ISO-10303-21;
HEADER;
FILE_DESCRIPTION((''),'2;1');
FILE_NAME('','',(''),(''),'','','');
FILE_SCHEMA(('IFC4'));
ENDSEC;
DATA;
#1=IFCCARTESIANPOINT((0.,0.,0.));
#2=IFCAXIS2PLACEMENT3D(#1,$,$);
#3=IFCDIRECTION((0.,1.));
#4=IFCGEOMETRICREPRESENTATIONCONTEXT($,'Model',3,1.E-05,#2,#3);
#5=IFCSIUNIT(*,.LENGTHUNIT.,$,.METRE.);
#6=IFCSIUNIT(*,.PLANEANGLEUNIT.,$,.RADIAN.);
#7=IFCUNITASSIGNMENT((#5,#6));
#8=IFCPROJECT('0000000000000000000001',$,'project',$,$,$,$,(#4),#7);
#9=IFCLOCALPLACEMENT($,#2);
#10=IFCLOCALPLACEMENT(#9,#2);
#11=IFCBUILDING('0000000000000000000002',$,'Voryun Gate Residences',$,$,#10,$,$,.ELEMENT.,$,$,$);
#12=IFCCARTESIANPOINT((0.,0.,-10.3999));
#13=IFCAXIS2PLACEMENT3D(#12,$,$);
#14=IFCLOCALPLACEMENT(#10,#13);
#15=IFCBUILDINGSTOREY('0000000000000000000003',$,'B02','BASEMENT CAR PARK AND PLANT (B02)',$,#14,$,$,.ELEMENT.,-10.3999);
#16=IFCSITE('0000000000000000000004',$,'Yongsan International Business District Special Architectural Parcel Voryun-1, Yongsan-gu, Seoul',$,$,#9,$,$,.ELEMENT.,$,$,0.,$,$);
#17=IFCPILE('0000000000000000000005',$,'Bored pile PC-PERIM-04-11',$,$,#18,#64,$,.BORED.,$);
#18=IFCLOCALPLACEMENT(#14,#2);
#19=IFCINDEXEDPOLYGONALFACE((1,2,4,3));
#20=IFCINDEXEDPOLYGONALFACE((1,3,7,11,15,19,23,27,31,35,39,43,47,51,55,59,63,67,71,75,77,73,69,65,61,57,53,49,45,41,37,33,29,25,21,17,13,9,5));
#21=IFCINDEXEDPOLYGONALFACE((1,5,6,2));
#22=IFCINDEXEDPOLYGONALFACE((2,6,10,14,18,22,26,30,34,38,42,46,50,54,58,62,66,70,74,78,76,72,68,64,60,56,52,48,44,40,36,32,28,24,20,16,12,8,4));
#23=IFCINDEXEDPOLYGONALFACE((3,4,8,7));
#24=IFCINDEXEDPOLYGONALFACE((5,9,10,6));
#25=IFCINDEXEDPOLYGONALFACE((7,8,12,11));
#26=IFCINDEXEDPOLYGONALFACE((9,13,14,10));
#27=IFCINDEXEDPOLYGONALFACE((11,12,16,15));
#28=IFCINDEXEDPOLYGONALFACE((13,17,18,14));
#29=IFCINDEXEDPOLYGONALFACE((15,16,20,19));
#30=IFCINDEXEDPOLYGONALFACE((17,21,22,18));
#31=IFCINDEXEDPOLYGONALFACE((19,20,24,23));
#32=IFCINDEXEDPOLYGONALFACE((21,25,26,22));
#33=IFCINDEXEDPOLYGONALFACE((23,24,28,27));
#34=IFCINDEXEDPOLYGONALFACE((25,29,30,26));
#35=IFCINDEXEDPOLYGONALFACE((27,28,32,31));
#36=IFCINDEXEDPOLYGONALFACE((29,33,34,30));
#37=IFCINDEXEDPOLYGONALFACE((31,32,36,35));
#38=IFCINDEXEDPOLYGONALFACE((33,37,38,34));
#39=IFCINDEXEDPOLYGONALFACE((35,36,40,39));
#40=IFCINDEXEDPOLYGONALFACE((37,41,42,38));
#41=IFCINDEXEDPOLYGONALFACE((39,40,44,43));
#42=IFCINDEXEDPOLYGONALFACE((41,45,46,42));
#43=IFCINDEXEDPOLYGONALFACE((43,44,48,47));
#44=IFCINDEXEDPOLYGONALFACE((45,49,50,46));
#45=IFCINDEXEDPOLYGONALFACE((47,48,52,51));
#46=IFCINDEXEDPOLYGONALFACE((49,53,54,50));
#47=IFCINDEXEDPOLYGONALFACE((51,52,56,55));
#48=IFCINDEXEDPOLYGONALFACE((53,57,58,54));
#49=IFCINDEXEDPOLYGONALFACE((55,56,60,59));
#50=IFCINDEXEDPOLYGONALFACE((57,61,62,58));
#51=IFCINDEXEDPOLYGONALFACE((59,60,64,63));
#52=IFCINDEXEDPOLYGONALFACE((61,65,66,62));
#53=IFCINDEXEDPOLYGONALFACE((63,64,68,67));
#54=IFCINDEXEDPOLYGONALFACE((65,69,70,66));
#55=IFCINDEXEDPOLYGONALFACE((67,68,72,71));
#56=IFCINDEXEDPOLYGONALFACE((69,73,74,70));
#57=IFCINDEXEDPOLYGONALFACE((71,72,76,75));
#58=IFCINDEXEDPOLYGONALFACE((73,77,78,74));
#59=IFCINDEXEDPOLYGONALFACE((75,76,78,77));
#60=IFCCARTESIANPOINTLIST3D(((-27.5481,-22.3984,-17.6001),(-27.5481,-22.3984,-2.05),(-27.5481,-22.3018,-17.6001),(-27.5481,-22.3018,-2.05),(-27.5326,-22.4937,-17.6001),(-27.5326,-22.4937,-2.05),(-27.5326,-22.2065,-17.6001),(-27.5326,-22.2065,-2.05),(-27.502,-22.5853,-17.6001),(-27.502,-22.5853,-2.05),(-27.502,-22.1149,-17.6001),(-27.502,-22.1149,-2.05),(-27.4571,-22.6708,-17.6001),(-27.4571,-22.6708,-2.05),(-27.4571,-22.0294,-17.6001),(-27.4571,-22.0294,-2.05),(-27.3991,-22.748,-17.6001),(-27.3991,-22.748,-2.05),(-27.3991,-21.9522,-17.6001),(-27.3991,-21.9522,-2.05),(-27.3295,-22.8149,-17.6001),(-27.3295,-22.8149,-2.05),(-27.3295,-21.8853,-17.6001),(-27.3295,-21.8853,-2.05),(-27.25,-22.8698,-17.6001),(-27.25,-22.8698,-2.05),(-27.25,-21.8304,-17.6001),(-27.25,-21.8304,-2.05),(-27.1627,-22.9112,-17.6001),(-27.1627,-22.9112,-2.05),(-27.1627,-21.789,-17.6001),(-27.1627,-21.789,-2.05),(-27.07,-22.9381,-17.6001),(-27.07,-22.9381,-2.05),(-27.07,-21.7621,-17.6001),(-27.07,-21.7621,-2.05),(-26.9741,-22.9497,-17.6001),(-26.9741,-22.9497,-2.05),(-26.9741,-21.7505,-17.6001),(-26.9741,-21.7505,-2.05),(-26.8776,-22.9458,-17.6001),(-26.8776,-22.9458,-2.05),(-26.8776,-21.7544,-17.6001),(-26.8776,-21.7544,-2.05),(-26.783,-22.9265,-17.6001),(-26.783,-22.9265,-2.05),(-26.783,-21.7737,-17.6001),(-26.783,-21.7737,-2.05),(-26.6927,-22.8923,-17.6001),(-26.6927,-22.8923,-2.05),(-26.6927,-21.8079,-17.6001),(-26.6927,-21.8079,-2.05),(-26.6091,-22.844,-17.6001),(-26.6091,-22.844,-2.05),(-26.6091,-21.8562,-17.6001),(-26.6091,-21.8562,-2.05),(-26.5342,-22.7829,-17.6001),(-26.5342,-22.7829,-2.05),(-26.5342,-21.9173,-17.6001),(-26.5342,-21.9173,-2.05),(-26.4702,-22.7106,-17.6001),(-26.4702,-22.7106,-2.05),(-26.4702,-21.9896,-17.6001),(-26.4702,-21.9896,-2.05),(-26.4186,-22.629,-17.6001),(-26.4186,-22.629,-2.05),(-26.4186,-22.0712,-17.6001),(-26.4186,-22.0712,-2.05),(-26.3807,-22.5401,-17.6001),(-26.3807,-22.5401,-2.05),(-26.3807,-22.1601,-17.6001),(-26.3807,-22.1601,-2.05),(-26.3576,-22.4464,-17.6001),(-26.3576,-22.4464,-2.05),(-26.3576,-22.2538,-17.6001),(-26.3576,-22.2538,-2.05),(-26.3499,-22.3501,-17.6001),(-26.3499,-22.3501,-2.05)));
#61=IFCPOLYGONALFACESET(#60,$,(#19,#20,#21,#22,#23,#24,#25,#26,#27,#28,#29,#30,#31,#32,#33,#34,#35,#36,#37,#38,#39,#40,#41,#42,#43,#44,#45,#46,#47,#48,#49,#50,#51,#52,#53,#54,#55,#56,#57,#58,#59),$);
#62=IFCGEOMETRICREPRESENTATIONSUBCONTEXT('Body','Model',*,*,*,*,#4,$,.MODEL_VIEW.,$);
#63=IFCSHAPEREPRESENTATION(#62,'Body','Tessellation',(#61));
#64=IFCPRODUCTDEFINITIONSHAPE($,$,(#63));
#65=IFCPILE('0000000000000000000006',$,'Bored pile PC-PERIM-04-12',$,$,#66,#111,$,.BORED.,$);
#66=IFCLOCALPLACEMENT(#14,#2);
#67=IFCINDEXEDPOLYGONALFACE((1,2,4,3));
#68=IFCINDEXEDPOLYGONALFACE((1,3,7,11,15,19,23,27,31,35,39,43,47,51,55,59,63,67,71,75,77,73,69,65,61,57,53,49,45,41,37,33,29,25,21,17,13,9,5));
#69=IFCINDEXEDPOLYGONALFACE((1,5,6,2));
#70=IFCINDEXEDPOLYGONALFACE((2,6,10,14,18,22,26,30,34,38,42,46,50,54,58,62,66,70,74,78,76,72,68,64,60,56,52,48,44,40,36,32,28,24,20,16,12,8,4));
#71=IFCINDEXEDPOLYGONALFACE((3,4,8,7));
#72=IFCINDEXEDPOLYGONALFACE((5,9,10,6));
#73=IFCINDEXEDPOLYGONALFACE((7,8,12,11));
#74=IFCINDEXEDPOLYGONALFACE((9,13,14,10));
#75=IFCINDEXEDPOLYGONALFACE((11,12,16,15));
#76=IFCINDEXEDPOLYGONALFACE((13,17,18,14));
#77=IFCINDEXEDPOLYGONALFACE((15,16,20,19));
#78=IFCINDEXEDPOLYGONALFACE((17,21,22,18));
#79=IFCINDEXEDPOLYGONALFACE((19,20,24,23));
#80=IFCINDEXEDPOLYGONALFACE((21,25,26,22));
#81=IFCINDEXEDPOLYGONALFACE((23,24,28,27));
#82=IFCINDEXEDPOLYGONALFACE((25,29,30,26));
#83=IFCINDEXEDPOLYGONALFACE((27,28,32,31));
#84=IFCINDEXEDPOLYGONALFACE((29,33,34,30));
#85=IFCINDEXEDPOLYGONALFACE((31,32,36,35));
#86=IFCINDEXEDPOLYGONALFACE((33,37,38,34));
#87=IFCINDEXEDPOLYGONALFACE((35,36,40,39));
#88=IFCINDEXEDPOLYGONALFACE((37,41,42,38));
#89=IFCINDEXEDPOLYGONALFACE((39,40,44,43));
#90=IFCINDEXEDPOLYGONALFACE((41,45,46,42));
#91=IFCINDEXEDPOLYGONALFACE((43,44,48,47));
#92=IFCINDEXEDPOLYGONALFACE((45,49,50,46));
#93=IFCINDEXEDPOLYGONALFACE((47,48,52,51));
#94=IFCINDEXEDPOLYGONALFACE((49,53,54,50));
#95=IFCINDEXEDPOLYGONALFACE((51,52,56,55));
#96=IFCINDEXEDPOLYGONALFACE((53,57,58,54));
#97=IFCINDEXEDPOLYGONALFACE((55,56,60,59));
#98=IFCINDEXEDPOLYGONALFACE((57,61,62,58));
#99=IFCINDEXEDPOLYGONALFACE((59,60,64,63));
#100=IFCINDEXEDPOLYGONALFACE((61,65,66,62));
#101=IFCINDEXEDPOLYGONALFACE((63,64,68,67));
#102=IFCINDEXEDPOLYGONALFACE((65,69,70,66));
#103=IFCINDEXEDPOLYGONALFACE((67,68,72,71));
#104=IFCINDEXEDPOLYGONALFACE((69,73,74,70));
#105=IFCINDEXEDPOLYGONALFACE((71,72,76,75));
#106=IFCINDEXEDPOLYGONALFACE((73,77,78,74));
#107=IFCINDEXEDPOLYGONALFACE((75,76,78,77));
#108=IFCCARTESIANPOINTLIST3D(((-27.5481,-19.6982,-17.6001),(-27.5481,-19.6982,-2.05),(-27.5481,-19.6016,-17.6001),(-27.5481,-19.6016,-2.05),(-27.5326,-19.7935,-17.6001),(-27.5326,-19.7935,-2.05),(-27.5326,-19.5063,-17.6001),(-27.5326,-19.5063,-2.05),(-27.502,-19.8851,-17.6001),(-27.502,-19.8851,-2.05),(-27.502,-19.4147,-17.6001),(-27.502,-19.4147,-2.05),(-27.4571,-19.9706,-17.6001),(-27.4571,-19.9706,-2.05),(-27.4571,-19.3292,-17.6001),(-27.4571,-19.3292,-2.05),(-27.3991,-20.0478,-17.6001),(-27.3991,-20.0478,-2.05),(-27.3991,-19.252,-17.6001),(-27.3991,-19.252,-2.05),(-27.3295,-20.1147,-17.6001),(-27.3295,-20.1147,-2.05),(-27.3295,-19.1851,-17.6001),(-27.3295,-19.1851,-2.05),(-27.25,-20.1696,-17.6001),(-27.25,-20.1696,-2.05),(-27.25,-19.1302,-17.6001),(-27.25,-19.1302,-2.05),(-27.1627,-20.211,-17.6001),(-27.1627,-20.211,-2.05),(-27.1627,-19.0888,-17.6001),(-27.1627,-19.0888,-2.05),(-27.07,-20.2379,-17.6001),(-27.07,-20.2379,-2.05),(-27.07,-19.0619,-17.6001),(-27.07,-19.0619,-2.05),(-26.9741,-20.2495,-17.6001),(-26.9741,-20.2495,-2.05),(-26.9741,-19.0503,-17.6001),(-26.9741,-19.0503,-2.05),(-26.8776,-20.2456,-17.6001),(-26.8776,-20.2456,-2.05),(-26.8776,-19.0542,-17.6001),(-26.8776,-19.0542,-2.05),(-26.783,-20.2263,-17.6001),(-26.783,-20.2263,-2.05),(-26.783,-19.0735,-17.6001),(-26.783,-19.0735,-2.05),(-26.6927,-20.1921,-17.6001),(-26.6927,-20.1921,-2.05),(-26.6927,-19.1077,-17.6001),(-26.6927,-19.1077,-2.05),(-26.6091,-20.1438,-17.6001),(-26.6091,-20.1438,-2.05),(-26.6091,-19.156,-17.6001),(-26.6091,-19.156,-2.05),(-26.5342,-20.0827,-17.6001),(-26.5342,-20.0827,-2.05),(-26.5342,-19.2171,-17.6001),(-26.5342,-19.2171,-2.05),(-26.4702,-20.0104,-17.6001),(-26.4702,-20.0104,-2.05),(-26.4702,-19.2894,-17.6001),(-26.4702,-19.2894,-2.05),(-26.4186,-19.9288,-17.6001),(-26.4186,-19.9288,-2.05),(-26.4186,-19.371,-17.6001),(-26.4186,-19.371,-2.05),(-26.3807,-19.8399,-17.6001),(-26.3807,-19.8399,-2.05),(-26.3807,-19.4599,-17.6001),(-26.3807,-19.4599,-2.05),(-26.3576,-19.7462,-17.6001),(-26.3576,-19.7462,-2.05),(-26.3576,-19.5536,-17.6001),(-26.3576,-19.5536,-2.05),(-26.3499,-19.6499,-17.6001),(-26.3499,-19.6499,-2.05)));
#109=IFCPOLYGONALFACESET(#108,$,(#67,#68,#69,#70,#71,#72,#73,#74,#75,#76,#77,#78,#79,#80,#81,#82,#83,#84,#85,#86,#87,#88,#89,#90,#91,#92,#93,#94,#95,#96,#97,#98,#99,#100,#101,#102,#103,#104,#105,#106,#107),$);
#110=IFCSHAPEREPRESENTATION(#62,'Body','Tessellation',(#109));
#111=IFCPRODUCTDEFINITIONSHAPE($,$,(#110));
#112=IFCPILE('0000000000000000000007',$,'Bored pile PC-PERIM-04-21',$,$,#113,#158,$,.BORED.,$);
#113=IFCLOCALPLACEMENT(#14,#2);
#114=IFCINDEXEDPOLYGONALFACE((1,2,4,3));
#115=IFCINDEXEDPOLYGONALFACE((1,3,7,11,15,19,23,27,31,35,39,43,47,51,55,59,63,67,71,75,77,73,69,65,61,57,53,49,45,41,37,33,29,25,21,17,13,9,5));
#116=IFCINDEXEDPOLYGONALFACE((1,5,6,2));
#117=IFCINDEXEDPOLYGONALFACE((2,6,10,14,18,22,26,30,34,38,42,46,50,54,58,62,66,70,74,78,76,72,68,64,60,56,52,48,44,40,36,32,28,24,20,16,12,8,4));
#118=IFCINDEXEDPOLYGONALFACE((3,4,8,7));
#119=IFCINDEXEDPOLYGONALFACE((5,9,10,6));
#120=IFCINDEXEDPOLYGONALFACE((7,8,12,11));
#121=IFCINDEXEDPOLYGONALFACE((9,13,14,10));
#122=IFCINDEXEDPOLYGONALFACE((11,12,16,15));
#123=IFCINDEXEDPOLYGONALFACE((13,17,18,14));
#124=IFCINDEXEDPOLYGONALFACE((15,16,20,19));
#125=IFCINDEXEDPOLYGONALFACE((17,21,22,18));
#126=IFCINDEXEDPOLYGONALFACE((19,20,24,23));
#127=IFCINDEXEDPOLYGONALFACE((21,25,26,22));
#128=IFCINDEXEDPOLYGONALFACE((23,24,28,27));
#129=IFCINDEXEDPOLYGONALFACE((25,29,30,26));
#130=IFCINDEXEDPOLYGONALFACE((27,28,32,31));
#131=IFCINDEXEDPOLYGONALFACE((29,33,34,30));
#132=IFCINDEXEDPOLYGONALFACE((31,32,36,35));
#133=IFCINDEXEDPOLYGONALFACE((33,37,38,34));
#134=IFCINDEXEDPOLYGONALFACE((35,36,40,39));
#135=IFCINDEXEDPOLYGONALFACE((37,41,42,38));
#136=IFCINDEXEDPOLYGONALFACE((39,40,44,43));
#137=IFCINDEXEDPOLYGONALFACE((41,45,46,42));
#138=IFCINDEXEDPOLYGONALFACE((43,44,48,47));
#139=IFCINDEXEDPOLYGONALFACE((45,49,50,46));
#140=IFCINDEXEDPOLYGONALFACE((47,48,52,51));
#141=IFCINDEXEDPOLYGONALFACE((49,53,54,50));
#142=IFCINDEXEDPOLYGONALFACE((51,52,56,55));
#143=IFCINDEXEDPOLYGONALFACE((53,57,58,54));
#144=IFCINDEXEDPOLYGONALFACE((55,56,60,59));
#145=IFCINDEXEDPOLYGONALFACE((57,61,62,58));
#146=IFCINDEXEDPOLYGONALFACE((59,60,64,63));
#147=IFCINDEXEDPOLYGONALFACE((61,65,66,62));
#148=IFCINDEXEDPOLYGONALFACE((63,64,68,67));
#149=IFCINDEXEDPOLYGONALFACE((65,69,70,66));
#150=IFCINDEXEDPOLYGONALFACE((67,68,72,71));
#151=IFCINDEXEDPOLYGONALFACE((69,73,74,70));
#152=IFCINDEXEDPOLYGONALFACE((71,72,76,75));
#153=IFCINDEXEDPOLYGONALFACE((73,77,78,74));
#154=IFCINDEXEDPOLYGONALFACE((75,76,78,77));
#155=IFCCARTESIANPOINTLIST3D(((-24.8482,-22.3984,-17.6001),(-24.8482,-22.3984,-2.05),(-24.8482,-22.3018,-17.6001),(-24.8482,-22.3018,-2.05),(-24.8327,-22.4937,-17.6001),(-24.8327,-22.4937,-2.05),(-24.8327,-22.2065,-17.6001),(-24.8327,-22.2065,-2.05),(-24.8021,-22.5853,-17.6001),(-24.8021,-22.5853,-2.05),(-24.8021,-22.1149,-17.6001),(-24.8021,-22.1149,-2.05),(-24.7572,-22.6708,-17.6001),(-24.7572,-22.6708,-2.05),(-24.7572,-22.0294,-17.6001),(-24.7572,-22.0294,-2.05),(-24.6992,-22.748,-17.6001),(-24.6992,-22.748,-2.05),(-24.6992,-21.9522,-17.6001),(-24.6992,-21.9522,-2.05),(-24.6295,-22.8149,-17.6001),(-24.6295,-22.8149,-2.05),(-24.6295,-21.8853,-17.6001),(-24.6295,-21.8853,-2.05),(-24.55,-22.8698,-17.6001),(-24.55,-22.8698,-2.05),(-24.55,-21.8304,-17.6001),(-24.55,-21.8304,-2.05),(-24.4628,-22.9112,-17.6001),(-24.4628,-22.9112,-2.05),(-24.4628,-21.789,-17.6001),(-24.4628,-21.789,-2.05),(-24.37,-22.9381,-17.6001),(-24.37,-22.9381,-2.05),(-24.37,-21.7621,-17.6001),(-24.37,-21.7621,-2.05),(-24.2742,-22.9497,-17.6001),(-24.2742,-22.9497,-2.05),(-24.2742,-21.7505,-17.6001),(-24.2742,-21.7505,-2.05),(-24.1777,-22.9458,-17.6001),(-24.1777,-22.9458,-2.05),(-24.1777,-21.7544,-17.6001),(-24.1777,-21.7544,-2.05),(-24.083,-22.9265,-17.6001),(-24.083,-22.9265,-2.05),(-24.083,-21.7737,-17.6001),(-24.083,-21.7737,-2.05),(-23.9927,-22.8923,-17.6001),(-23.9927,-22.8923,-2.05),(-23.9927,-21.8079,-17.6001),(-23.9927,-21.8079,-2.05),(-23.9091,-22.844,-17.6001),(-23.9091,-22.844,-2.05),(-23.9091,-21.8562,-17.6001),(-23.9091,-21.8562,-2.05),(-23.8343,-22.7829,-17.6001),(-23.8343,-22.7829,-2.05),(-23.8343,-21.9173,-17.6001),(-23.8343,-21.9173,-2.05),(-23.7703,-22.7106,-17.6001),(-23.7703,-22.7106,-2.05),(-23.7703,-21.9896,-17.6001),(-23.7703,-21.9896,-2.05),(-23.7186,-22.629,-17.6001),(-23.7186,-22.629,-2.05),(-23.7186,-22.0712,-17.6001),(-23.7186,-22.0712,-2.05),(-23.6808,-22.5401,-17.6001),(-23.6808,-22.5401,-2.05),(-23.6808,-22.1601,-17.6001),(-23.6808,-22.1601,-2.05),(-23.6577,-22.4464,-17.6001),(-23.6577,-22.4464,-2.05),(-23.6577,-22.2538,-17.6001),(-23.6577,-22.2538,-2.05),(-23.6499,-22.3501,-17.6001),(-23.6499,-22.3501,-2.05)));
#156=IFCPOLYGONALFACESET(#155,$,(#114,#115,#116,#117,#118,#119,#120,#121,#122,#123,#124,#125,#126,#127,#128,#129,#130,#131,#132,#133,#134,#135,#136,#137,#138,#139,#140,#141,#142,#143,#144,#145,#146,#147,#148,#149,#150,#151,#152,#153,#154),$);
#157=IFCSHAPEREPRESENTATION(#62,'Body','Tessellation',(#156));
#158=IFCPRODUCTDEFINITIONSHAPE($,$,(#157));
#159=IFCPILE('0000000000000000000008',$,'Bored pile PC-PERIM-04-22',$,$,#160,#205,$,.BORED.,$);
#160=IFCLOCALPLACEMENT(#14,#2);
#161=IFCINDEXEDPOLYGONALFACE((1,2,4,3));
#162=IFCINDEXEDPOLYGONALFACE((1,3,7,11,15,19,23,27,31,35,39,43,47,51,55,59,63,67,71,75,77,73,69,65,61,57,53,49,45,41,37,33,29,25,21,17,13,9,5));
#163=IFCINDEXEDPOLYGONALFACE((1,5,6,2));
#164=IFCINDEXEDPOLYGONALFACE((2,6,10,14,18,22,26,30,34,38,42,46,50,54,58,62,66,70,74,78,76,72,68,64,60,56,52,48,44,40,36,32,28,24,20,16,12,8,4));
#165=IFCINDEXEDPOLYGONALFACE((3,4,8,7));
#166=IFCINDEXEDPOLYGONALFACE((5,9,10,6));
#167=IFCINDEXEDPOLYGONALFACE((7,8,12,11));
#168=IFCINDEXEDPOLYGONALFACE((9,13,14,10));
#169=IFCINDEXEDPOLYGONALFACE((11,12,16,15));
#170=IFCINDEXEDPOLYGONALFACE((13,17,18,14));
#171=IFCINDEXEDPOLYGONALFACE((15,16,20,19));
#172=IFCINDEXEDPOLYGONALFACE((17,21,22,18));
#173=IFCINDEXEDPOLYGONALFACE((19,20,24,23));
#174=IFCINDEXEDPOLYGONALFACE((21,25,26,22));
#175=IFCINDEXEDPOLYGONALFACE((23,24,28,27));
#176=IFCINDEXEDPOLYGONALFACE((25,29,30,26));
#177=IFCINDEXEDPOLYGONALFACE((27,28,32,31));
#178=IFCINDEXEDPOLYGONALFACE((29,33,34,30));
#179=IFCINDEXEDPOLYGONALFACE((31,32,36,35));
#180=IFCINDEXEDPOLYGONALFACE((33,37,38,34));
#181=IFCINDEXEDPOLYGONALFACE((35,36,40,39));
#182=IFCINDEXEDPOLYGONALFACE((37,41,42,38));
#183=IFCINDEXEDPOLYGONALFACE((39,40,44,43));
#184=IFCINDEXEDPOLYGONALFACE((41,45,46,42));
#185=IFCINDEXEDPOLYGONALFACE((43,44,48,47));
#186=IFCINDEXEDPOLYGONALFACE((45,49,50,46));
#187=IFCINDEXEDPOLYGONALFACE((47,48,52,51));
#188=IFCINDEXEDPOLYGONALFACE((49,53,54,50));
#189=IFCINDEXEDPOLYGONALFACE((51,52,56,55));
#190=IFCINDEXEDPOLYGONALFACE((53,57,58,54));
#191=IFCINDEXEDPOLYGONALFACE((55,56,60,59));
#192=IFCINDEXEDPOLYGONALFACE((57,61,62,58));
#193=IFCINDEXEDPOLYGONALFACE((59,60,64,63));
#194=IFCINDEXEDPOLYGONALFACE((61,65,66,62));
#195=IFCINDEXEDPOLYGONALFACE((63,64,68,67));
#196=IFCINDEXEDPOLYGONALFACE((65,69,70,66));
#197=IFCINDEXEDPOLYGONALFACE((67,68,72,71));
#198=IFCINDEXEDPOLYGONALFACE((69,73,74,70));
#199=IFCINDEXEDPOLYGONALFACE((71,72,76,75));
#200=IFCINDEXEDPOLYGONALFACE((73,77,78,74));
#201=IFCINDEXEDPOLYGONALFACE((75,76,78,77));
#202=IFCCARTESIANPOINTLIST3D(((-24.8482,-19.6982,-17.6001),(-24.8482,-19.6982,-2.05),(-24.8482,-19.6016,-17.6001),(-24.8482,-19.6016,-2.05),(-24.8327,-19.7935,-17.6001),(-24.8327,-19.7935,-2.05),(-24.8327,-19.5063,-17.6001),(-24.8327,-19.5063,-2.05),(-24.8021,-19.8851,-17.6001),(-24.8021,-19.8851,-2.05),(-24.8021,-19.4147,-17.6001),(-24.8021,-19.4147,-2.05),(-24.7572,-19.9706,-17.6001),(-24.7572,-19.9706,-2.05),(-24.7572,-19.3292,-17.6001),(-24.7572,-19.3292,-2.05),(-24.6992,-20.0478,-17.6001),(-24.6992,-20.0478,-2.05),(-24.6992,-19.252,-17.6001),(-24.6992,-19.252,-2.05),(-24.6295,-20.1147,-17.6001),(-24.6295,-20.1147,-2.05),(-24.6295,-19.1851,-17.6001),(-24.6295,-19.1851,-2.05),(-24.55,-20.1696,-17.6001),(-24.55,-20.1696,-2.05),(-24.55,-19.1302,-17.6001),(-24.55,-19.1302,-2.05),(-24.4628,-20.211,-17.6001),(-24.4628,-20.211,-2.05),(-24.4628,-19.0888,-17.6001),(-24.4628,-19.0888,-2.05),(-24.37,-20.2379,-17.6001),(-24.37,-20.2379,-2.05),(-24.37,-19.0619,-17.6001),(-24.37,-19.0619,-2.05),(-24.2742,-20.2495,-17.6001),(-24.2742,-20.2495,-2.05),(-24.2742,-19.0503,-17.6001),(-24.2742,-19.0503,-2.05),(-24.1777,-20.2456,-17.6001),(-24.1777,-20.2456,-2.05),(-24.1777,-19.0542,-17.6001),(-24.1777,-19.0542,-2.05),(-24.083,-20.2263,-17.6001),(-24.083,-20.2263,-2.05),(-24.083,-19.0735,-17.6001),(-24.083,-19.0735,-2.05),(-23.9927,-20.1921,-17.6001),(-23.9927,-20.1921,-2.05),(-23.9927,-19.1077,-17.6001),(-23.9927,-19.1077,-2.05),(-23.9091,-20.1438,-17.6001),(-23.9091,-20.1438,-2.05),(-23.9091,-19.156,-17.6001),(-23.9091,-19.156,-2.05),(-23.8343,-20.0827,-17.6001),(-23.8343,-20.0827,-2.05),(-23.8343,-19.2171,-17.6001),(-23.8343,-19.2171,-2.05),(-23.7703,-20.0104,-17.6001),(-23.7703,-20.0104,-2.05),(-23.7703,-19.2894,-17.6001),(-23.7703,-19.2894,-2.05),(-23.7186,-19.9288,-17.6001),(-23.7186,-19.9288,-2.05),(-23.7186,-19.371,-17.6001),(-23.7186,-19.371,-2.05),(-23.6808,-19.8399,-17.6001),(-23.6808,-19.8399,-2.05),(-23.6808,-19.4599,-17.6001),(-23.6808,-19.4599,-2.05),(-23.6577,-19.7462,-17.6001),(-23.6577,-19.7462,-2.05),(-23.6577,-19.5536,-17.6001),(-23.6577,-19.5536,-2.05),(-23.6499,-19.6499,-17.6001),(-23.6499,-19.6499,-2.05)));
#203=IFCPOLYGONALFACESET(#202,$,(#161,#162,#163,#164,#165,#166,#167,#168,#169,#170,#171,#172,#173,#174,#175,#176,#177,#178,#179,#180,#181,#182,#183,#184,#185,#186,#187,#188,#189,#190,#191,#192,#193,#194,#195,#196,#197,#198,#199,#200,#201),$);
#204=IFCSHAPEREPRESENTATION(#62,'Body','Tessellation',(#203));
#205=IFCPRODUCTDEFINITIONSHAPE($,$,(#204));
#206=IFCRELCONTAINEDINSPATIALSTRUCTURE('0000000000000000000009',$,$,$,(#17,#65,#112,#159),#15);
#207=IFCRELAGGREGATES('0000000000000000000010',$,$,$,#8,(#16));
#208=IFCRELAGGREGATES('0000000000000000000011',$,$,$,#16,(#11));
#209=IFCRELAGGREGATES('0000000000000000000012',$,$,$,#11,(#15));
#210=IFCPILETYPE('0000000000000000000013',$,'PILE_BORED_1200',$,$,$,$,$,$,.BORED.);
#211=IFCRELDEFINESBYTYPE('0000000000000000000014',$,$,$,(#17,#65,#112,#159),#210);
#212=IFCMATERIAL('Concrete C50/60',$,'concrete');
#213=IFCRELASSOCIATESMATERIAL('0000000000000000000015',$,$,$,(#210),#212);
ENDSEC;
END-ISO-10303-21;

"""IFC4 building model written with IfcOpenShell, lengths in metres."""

from ifc_helpers import new_model, si_unit, direction, frame, origin, origin_2d, place, context, subcontext, project, spatial, circle, extrude, material, material_profile, profile_set, type_object, element, save


model = new_model("IFC4")

# Units and contexts
model_context = context("Model", 3, precision=1e-05, world=origin(), true_north=direction((0.0, 1.0)))
body_context = subcontext(model_context, "Body", "Model", "MODEL_VIEW")
ifc_project = project(units=[si_unit("LENGTHUNIT", "METRE"), si_unit("PLANEANGLEUNIT", "RADIAN")], contexts=[model_context])

# Site, building, storey
site_placement = place(None, origin())
site = spatial("IfcSite", under=ifc_project, at=site_placement, Name="Yongsan International Business District Special Architectural Parcel Voryun-1, Yongsan-gu, Seoul", CompositionType="ELEMENT", RefElevation=0.0)
building_placement = place(site_placement, origin())
building = spatial("IfcBuilding", under=site, at=building_placement, Name="Voryun Gate Residences", CompositionType="ELEMENT")
storey_placement = place(building_placement, frame((0.0, 0.0, -10.3999)))
storey = spatial("IfcBuildingStorey", under=building, at=storey_placement, Name="B02", Description="BASEMENT CAR PARK AND PLANT (B02)", CompositionType="ELEMENT", Elevation=-10.3999)

# Piles
ifc_material_1 = material(Name="Concrete C50/60", Category="concrete")
ifc_material_profile_1 = material_profile(ifc_material_1, circle(Radius=0.6001, at=origin_2d()), Name="PILE-D1200")
ifc_profile_set_1 = profile_set([ifc_material_profile_1], Name="Concrete C50/60")
pile_type = type_object("IfcPileType", Name="PILE_BORED_1200", PredefinedType="BORED", material=ifc_profile_set_1)
for number, where, z_axis, x_axis, name in (
    (1, (-26.95, -22.3501, -2.05), (0.0, 0.0, -1.0), (1.0, 0.0, 0.0), "Bored pile PC-PERIM-04-11"),
    (2, (-26.95, -19.6499, -2.05), (0.0, 0.0, -1.0), (1.0, 0.0, 0.0), "Bored pile PC-PERIM-04-12"),
    (3, (-24.25, -22.3501, -2.05), (0.0, 0.0, -1.0), (1.0, 0.0, 0.0), "Bored pile PC-PERIM-04-21"),
    (4, (-24.25, -19.6499, -2.05), (0.0, 0.0, -1.0), (1.0, 0.0, 0.0), "Bored pile PC-PERIM-04-22"),
):
    element("IfcPile", number, at=place(storey_placement, frame(where, z_axis=z_axis, x_axis=x_axis)), inside=storey, type_object=pile_type, Name=name, PredefinedType="BORED", context=body_context, shape_type="SweptSolid", body=[
        extrude(circle(Radius=0.6001, at=origin_2d()), origin(), (0.0, 0.0, 1.0), 15.55),
    ])

save(model, "model.ifc")
